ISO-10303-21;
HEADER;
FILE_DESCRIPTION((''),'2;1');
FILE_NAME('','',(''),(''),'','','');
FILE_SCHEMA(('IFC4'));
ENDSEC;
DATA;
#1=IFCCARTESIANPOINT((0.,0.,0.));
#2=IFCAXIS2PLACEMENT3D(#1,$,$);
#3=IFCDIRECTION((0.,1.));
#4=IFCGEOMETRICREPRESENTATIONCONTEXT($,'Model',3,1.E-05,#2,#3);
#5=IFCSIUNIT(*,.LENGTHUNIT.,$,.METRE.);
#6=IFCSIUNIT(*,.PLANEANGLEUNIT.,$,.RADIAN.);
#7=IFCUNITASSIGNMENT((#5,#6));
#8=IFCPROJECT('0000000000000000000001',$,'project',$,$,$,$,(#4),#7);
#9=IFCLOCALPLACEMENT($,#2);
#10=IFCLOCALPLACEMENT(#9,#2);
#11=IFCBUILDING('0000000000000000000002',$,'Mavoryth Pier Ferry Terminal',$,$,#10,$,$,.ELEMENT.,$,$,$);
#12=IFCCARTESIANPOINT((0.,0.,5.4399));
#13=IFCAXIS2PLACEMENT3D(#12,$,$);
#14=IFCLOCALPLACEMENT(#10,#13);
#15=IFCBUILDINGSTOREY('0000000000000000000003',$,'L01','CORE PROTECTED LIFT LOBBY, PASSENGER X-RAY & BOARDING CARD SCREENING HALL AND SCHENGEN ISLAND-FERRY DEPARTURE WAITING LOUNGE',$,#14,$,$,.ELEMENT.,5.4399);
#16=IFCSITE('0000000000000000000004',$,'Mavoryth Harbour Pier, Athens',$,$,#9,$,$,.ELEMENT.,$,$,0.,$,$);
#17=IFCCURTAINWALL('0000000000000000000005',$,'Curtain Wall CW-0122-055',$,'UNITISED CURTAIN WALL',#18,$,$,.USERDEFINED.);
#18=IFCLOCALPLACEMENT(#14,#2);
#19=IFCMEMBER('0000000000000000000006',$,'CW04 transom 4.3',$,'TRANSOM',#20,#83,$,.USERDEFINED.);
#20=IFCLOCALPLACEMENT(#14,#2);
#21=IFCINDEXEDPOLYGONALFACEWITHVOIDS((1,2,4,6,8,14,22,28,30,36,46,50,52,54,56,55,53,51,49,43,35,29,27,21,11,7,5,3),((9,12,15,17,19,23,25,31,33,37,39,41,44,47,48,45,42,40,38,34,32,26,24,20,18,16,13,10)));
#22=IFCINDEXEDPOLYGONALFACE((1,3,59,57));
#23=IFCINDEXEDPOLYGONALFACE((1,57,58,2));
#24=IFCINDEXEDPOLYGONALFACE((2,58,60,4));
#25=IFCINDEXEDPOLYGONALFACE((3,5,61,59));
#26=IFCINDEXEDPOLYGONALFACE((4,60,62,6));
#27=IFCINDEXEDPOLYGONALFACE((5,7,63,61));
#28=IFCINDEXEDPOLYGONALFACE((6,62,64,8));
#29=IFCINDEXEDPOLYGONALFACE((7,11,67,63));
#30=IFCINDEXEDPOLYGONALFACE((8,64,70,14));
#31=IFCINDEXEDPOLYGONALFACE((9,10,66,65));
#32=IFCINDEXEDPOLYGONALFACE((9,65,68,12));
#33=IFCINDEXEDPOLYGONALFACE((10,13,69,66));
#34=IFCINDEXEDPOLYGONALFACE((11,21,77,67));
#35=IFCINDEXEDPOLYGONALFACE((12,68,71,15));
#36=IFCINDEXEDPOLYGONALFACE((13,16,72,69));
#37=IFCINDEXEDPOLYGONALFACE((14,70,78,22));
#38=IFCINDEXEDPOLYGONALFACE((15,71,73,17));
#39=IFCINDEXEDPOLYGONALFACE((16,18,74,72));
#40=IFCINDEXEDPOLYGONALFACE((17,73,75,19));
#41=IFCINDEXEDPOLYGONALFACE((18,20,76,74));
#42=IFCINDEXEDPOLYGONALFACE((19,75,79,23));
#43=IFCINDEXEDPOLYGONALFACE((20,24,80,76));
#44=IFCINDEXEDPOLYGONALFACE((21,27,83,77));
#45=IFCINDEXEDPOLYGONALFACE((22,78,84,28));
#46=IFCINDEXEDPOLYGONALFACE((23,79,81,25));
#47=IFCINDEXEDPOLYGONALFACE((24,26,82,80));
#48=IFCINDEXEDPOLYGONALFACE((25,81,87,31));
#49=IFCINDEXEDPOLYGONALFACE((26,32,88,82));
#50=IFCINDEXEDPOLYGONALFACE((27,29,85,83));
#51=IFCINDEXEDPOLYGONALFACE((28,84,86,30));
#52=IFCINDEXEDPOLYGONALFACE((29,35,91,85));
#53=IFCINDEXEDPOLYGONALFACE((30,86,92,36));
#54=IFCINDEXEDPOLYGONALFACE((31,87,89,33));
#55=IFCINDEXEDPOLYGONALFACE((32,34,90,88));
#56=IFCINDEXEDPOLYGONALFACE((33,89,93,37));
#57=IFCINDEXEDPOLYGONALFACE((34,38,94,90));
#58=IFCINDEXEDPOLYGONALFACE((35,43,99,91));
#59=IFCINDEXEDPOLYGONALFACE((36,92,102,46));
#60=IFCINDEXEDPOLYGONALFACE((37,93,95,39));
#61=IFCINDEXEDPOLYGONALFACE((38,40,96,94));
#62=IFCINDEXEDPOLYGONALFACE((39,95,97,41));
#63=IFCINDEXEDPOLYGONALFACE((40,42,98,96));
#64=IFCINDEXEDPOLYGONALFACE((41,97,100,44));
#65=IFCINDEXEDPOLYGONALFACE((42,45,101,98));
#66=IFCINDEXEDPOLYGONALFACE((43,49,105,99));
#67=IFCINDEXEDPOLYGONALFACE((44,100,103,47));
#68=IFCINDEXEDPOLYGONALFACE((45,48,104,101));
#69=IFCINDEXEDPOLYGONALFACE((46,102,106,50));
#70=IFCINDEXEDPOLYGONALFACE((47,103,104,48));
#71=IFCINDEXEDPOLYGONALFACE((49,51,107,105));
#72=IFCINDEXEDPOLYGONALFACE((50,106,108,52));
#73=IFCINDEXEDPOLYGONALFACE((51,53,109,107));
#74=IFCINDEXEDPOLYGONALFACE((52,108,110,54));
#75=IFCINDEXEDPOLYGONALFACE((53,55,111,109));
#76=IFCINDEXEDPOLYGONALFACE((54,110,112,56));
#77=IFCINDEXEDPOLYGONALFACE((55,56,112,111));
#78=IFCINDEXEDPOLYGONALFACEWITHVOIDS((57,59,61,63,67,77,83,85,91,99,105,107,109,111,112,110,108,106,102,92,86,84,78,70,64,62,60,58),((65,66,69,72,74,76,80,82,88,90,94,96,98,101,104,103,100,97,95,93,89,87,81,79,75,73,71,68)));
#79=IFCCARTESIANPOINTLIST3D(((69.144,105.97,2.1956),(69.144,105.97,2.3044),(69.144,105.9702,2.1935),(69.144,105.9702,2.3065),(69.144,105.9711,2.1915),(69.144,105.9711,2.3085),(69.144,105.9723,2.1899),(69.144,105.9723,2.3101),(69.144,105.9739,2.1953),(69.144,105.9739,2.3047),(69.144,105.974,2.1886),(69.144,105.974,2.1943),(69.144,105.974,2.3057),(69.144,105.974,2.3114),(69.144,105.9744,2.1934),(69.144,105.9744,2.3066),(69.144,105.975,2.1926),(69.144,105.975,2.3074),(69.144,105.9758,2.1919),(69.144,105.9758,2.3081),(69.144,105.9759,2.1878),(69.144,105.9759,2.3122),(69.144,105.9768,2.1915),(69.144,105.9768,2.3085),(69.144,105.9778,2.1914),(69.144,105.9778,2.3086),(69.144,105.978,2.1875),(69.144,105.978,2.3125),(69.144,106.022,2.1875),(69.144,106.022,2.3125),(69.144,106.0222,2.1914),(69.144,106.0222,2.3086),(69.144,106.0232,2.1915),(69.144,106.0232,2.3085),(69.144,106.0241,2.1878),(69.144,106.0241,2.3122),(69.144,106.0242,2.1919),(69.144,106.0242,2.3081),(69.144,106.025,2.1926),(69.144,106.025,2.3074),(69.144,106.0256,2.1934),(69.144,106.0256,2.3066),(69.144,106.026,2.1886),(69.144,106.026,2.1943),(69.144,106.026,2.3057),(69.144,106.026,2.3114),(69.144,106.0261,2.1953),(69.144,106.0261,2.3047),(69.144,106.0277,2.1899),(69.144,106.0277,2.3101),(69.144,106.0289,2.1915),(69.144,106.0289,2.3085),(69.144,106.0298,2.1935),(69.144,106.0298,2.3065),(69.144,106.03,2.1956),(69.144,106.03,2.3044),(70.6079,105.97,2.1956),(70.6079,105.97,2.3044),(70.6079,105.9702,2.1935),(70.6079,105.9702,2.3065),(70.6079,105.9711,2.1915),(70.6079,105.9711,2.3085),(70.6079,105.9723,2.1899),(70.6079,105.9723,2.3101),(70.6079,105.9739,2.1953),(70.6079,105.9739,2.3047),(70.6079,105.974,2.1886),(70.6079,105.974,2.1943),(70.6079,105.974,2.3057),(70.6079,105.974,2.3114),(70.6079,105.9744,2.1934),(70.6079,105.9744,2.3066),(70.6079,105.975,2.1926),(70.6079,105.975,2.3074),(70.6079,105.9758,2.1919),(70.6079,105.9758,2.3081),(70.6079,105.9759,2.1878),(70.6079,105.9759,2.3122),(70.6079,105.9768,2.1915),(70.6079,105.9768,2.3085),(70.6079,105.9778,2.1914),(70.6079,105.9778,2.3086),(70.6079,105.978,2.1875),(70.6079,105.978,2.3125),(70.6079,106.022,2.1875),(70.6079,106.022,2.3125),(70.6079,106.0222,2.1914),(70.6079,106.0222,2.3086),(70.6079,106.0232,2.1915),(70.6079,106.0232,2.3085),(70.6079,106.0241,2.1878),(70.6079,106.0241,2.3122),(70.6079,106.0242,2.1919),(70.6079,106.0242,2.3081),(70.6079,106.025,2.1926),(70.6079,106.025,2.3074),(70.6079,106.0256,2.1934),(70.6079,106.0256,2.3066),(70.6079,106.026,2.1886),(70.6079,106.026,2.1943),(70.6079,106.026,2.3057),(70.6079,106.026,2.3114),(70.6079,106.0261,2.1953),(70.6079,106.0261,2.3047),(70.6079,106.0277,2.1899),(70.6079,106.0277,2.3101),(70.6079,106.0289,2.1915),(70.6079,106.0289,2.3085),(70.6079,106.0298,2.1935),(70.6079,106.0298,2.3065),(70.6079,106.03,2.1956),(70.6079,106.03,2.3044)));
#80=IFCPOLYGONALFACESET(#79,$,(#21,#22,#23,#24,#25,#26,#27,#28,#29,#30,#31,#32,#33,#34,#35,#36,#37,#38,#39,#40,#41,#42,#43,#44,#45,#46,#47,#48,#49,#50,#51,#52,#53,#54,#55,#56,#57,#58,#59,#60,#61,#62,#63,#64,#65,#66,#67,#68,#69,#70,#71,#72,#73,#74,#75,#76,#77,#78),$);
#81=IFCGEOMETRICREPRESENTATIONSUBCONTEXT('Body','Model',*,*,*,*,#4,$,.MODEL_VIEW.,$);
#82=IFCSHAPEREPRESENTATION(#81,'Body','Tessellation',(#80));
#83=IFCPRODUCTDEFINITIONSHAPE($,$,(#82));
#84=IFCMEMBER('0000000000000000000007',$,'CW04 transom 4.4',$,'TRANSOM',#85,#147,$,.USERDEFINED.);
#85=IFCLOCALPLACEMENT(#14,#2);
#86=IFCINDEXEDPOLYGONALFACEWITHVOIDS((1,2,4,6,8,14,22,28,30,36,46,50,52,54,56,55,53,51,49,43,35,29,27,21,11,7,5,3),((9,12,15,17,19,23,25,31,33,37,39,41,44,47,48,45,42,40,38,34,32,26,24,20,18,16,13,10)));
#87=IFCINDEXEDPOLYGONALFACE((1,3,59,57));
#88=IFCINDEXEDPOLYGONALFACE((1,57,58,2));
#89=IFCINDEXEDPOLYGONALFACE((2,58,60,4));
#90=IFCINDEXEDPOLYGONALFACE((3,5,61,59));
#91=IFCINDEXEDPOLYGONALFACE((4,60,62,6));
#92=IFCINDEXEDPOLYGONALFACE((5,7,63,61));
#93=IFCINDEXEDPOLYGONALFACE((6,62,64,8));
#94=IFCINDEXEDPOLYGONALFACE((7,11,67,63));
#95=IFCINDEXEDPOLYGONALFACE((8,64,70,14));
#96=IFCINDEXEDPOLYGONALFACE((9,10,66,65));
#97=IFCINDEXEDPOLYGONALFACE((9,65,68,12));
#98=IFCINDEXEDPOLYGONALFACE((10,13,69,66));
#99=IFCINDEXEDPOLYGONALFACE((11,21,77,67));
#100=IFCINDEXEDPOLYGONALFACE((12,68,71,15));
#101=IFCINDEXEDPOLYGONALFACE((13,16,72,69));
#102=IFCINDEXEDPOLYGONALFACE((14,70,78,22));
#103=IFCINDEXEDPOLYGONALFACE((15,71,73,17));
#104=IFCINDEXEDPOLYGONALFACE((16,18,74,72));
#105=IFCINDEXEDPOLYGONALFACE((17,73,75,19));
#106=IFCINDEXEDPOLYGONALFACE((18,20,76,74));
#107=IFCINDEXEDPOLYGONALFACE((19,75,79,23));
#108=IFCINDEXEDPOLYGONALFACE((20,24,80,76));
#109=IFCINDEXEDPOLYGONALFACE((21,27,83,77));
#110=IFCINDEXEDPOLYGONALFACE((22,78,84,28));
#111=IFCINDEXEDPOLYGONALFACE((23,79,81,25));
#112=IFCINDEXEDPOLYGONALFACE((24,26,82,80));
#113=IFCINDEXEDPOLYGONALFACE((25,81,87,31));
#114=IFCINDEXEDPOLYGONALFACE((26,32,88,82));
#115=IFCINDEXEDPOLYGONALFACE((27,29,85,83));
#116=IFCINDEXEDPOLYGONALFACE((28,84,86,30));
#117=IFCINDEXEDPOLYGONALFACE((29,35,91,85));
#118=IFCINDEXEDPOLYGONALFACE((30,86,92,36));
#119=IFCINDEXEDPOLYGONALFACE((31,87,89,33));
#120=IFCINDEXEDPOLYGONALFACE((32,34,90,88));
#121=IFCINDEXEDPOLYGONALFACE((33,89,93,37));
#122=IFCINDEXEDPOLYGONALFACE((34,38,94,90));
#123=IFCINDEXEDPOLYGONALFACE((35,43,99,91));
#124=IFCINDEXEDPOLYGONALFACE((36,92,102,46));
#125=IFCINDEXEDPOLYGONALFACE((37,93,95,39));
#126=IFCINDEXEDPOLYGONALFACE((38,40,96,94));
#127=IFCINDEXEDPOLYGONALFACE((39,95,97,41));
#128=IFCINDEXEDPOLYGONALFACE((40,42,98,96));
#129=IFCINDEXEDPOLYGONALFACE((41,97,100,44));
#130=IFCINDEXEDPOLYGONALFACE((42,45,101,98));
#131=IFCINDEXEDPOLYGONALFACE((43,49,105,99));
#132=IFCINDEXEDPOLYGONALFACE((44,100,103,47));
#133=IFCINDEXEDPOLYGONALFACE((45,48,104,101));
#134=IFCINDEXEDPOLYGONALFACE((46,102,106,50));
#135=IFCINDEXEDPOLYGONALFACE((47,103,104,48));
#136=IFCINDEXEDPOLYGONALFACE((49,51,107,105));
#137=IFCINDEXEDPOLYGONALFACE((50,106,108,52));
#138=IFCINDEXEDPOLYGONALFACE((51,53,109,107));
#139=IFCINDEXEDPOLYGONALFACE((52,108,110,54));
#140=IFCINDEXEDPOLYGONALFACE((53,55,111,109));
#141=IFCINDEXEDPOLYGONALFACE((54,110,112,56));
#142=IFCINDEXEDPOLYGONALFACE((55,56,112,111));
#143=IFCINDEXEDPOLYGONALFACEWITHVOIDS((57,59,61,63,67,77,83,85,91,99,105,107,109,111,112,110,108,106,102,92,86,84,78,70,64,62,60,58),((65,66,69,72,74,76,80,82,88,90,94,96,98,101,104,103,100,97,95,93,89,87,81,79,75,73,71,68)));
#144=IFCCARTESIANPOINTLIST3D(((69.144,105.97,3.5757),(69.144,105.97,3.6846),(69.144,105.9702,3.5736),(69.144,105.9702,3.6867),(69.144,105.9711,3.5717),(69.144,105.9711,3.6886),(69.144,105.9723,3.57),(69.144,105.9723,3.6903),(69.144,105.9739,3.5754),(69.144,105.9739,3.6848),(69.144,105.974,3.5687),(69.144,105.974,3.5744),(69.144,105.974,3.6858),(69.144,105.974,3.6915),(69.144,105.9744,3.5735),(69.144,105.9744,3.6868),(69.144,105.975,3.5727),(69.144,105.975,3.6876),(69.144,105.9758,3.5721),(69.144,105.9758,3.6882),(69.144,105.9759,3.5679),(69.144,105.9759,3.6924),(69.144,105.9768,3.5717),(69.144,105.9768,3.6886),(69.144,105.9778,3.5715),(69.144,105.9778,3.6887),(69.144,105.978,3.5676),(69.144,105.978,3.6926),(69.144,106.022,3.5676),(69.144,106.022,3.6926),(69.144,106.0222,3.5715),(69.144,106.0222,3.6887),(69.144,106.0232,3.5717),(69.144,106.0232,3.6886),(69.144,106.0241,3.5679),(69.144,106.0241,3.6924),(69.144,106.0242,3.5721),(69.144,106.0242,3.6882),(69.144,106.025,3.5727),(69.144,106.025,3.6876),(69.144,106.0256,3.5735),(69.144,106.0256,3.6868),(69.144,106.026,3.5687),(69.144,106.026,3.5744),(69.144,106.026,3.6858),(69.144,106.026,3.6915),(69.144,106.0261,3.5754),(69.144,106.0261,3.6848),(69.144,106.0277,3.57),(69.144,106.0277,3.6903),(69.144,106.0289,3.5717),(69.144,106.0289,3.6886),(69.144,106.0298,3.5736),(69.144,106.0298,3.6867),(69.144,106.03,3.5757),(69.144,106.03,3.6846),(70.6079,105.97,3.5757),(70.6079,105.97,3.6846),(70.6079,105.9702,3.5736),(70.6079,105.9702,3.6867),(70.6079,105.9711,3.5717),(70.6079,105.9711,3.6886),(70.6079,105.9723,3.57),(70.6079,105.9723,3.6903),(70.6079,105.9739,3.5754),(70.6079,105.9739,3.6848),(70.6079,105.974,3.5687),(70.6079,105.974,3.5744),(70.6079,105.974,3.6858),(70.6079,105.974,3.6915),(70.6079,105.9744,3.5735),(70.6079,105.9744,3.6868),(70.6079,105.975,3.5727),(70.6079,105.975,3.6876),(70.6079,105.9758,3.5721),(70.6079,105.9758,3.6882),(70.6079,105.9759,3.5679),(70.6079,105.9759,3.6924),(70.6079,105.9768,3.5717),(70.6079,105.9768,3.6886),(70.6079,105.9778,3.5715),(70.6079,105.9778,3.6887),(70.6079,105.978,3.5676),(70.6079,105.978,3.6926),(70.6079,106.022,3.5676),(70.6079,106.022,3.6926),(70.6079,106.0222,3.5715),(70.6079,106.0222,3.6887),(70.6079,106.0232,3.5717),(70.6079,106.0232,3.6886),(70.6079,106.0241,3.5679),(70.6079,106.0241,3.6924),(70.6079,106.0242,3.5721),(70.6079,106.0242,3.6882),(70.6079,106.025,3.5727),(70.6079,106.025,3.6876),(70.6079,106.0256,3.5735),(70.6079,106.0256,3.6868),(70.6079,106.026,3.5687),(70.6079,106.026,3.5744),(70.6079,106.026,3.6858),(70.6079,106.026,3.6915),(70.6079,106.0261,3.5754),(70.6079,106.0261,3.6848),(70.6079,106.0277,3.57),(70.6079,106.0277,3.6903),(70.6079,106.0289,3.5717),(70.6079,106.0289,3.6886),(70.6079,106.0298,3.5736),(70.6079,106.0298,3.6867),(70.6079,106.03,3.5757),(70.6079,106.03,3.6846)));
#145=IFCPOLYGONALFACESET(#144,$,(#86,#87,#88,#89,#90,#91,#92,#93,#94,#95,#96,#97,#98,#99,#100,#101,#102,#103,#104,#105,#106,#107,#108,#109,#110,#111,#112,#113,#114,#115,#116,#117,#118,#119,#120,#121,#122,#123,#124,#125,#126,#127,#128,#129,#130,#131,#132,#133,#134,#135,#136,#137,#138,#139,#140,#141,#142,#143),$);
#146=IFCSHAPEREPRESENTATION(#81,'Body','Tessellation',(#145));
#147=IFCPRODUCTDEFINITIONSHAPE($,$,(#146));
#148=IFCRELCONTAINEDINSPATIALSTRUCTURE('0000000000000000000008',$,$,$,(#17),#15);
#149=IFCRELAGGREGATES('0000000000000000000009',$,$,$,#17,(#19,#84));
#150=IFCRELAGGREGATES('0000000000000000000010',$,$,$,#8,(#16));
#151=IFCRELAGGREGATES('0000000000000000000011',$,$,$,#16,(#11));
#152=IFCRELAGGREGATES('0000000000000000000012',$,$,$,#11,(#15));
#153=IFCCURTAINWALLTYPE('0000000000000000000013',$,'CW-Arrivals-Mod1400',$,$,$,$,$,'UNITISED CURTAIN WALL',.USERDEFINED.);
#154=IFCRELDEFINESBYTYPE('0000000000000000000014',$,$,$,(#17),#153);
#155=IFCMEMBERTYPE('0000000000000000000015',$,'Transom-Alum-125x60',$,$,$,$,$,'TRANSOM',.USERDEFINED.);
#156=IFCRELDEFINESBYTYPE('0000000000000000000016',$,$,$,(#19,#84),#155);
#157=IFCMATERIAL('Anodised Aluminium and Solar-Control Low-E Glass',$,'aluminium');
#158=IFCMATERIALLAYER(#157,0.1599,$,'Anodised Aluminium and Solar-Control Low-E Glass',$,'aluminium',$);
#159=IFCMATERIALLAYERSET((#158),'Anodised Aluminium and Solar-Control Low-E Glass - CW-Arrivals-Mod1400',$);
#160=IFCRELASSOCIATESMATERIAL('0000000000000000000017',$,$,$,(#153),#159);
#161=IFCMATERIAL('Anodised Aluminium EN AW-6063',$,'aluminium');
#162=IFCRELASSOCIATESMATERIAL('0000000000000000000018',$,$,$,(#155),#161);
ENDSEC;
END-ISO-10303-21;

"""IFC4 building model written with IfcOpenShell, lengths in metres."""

from ifc_helpers import new_model, si_unit, direction, frame, origin, origin_2d, place, context, subcontext, project, spatial, hollow_rectangle, extrude, material, layer, layer_set, material_profile, profile_set, type_object, element, aggregate, save


model = new_model("IFC4")

# Units and contexts
model_context = context("Model", 3, precision=1e-05, world=origin(), true_north=direction((0.0, 1.0)))
body_context = subcontext(model_context, "Body", "Model", "MODEL_VIEW")
ifc_project = project(units=[si_unit("LENGTHUNIT", "METRE"), si_unit("PLANEANGLEUNIT", "RADIAN")], contexts=[model_context])

# Site, building, storey
site_placement = place(None, origin())
site = spatial("IfcSite", under=ifc_project, at=site_placement, Name="Mavoryth Harbour Pier, Athens", CompositionType="ELEMENT", RefElevation=0.0)
building_placement = place(site_placement, origin())
building = spatial("IfcBuilding", under=site, at=building_placement, Name="Mavoryth Pier Ferry Terminal", CompositionType="ELEMENT")
storey_placement = place(building_placement, frame((0.0, 0.0, 5.4399)))
storey = spatial("IfcBuildingStorey", under=building, at=storey_placement, Name="L01", Description="CORE PROTECTED LIFT LOBBY, PASSENGER X-RAY & BOARDING CARD SCREENING HALL AND SCHENGEN ISLAND-FERRY DEPARTURE WAITING LOUNGE", CompositionType="ELEMENT", Elevation=5.4399)

# Curtain wall
ifc_material_1 = material(Name="Anodised Aluminium and Solar-Control Low-E Glass", Category="aluminium")
ifc_layer_1 = layer(ifc_material_1, 0.1599, Name="Anodised Aluminium and Solar-Control Low-E Glass", Category="aluminium")
ifc_layer_set_1 = layer_set([ifc_layer_1], Name="Anodised Aluminium and Solar-Control Low-E Glass - CW-Arrivals-Mod1400")
curtain_wall_type = type_object("IfcCurtainWallType", Name="CW-Arrivals-Mod1400", ElementType="UNITISED CURTAIN WALL", PredefinedType="USERDEFINED", material=ifc_layer_set_1)
curtain_wall_placement = place(storey_placement, origin())
curtain_wall = element("IfcCurtainWall", 1, at=curtain_wall_placement, inside=storey, type_object=curtain_wall_type, Name="Curtain Wall CW-0122-055", ObjectType="UNITISED CURTAIN WALL", PredefinedType="USERDEFINED")
ifc_material_2 = material(Name="Anodised Aluminium EN AW-6063", Category="aluminium")

# Members
ifc_material_profile_1 = material_profile(ifc_material_2, hollow_rectangle(XDim=0.0601, YDim=0.125, WallThickness=0.0039, InnerFilletRadius=0.0039, OuterFilletRadius=0.0081, at=origin_2d()), Name="AL-TRAN 125x60x4", Category="aluminium")
ifc_profile_set_1 = profile_set([ifc_material_profile_1], Name="Anodised Aluminium EN AW-6063 - AL-TRAN 125x60x4")
member_type_1 = type_object("IfcMemberType", Name="Transom-Alum-125x60", ElementType="TRANSOM", PredefinedType="USERDEFINED", material=ifc_profile_set_1)
member_1_placement = place(storey_placement, frame((70.6079, 106.0, 2.25), z_axis=(-1.0, 0.0, 0.0), x_axis=(0.0, -1.0, 0.0)))
member_1 = element("IfcMember", 2, at=member_1_placement, type_object=member_type_1, Name="CW04 transom 4.3", ObjectType="TRANSOM", PredefinedType="USERDEFINED", context=body_context, shape_type="SweptSolid", body=[
    extrude(hollow_rectangle(XDim=0.0601, YDim=0.125, WallThickness=0.0039, InnerFilletRadius=0.0039, OuterFilletRadius=0.0081, at=origin_2d()), origin(), (0.0, 0.0, 1.0), 1.4639),
])
member_2_placement = place(storey_placement, frame((70.6079, 106.0, 3.6301), z_axis=(-1.0, 0.0, 0.0), x_axis=(0.0, -1.0, 0.0)))
member_2 = element("IfcMember", 3, at=member_2_placement, type_object=member_type_1, Name="CW04 transom 4.4", ObjectType="TRANSOM", PredefinedType="USERDEFINED", context=body_context, shape_type="SweptSolid", body=[
    extrude(hollow_rectangle(XDim=0.0601, YDim=0.125, WallThickness=0.0039, InnerFilletRadius=0.0039, OuterFilletRadius=0.0081, at=origin_2d()), origin(), (0.0, 0.0, 1.0), 1.4639),
])

aggregate(curtain_wall, [member_1, member_2])

save(model, "model.ifc")
